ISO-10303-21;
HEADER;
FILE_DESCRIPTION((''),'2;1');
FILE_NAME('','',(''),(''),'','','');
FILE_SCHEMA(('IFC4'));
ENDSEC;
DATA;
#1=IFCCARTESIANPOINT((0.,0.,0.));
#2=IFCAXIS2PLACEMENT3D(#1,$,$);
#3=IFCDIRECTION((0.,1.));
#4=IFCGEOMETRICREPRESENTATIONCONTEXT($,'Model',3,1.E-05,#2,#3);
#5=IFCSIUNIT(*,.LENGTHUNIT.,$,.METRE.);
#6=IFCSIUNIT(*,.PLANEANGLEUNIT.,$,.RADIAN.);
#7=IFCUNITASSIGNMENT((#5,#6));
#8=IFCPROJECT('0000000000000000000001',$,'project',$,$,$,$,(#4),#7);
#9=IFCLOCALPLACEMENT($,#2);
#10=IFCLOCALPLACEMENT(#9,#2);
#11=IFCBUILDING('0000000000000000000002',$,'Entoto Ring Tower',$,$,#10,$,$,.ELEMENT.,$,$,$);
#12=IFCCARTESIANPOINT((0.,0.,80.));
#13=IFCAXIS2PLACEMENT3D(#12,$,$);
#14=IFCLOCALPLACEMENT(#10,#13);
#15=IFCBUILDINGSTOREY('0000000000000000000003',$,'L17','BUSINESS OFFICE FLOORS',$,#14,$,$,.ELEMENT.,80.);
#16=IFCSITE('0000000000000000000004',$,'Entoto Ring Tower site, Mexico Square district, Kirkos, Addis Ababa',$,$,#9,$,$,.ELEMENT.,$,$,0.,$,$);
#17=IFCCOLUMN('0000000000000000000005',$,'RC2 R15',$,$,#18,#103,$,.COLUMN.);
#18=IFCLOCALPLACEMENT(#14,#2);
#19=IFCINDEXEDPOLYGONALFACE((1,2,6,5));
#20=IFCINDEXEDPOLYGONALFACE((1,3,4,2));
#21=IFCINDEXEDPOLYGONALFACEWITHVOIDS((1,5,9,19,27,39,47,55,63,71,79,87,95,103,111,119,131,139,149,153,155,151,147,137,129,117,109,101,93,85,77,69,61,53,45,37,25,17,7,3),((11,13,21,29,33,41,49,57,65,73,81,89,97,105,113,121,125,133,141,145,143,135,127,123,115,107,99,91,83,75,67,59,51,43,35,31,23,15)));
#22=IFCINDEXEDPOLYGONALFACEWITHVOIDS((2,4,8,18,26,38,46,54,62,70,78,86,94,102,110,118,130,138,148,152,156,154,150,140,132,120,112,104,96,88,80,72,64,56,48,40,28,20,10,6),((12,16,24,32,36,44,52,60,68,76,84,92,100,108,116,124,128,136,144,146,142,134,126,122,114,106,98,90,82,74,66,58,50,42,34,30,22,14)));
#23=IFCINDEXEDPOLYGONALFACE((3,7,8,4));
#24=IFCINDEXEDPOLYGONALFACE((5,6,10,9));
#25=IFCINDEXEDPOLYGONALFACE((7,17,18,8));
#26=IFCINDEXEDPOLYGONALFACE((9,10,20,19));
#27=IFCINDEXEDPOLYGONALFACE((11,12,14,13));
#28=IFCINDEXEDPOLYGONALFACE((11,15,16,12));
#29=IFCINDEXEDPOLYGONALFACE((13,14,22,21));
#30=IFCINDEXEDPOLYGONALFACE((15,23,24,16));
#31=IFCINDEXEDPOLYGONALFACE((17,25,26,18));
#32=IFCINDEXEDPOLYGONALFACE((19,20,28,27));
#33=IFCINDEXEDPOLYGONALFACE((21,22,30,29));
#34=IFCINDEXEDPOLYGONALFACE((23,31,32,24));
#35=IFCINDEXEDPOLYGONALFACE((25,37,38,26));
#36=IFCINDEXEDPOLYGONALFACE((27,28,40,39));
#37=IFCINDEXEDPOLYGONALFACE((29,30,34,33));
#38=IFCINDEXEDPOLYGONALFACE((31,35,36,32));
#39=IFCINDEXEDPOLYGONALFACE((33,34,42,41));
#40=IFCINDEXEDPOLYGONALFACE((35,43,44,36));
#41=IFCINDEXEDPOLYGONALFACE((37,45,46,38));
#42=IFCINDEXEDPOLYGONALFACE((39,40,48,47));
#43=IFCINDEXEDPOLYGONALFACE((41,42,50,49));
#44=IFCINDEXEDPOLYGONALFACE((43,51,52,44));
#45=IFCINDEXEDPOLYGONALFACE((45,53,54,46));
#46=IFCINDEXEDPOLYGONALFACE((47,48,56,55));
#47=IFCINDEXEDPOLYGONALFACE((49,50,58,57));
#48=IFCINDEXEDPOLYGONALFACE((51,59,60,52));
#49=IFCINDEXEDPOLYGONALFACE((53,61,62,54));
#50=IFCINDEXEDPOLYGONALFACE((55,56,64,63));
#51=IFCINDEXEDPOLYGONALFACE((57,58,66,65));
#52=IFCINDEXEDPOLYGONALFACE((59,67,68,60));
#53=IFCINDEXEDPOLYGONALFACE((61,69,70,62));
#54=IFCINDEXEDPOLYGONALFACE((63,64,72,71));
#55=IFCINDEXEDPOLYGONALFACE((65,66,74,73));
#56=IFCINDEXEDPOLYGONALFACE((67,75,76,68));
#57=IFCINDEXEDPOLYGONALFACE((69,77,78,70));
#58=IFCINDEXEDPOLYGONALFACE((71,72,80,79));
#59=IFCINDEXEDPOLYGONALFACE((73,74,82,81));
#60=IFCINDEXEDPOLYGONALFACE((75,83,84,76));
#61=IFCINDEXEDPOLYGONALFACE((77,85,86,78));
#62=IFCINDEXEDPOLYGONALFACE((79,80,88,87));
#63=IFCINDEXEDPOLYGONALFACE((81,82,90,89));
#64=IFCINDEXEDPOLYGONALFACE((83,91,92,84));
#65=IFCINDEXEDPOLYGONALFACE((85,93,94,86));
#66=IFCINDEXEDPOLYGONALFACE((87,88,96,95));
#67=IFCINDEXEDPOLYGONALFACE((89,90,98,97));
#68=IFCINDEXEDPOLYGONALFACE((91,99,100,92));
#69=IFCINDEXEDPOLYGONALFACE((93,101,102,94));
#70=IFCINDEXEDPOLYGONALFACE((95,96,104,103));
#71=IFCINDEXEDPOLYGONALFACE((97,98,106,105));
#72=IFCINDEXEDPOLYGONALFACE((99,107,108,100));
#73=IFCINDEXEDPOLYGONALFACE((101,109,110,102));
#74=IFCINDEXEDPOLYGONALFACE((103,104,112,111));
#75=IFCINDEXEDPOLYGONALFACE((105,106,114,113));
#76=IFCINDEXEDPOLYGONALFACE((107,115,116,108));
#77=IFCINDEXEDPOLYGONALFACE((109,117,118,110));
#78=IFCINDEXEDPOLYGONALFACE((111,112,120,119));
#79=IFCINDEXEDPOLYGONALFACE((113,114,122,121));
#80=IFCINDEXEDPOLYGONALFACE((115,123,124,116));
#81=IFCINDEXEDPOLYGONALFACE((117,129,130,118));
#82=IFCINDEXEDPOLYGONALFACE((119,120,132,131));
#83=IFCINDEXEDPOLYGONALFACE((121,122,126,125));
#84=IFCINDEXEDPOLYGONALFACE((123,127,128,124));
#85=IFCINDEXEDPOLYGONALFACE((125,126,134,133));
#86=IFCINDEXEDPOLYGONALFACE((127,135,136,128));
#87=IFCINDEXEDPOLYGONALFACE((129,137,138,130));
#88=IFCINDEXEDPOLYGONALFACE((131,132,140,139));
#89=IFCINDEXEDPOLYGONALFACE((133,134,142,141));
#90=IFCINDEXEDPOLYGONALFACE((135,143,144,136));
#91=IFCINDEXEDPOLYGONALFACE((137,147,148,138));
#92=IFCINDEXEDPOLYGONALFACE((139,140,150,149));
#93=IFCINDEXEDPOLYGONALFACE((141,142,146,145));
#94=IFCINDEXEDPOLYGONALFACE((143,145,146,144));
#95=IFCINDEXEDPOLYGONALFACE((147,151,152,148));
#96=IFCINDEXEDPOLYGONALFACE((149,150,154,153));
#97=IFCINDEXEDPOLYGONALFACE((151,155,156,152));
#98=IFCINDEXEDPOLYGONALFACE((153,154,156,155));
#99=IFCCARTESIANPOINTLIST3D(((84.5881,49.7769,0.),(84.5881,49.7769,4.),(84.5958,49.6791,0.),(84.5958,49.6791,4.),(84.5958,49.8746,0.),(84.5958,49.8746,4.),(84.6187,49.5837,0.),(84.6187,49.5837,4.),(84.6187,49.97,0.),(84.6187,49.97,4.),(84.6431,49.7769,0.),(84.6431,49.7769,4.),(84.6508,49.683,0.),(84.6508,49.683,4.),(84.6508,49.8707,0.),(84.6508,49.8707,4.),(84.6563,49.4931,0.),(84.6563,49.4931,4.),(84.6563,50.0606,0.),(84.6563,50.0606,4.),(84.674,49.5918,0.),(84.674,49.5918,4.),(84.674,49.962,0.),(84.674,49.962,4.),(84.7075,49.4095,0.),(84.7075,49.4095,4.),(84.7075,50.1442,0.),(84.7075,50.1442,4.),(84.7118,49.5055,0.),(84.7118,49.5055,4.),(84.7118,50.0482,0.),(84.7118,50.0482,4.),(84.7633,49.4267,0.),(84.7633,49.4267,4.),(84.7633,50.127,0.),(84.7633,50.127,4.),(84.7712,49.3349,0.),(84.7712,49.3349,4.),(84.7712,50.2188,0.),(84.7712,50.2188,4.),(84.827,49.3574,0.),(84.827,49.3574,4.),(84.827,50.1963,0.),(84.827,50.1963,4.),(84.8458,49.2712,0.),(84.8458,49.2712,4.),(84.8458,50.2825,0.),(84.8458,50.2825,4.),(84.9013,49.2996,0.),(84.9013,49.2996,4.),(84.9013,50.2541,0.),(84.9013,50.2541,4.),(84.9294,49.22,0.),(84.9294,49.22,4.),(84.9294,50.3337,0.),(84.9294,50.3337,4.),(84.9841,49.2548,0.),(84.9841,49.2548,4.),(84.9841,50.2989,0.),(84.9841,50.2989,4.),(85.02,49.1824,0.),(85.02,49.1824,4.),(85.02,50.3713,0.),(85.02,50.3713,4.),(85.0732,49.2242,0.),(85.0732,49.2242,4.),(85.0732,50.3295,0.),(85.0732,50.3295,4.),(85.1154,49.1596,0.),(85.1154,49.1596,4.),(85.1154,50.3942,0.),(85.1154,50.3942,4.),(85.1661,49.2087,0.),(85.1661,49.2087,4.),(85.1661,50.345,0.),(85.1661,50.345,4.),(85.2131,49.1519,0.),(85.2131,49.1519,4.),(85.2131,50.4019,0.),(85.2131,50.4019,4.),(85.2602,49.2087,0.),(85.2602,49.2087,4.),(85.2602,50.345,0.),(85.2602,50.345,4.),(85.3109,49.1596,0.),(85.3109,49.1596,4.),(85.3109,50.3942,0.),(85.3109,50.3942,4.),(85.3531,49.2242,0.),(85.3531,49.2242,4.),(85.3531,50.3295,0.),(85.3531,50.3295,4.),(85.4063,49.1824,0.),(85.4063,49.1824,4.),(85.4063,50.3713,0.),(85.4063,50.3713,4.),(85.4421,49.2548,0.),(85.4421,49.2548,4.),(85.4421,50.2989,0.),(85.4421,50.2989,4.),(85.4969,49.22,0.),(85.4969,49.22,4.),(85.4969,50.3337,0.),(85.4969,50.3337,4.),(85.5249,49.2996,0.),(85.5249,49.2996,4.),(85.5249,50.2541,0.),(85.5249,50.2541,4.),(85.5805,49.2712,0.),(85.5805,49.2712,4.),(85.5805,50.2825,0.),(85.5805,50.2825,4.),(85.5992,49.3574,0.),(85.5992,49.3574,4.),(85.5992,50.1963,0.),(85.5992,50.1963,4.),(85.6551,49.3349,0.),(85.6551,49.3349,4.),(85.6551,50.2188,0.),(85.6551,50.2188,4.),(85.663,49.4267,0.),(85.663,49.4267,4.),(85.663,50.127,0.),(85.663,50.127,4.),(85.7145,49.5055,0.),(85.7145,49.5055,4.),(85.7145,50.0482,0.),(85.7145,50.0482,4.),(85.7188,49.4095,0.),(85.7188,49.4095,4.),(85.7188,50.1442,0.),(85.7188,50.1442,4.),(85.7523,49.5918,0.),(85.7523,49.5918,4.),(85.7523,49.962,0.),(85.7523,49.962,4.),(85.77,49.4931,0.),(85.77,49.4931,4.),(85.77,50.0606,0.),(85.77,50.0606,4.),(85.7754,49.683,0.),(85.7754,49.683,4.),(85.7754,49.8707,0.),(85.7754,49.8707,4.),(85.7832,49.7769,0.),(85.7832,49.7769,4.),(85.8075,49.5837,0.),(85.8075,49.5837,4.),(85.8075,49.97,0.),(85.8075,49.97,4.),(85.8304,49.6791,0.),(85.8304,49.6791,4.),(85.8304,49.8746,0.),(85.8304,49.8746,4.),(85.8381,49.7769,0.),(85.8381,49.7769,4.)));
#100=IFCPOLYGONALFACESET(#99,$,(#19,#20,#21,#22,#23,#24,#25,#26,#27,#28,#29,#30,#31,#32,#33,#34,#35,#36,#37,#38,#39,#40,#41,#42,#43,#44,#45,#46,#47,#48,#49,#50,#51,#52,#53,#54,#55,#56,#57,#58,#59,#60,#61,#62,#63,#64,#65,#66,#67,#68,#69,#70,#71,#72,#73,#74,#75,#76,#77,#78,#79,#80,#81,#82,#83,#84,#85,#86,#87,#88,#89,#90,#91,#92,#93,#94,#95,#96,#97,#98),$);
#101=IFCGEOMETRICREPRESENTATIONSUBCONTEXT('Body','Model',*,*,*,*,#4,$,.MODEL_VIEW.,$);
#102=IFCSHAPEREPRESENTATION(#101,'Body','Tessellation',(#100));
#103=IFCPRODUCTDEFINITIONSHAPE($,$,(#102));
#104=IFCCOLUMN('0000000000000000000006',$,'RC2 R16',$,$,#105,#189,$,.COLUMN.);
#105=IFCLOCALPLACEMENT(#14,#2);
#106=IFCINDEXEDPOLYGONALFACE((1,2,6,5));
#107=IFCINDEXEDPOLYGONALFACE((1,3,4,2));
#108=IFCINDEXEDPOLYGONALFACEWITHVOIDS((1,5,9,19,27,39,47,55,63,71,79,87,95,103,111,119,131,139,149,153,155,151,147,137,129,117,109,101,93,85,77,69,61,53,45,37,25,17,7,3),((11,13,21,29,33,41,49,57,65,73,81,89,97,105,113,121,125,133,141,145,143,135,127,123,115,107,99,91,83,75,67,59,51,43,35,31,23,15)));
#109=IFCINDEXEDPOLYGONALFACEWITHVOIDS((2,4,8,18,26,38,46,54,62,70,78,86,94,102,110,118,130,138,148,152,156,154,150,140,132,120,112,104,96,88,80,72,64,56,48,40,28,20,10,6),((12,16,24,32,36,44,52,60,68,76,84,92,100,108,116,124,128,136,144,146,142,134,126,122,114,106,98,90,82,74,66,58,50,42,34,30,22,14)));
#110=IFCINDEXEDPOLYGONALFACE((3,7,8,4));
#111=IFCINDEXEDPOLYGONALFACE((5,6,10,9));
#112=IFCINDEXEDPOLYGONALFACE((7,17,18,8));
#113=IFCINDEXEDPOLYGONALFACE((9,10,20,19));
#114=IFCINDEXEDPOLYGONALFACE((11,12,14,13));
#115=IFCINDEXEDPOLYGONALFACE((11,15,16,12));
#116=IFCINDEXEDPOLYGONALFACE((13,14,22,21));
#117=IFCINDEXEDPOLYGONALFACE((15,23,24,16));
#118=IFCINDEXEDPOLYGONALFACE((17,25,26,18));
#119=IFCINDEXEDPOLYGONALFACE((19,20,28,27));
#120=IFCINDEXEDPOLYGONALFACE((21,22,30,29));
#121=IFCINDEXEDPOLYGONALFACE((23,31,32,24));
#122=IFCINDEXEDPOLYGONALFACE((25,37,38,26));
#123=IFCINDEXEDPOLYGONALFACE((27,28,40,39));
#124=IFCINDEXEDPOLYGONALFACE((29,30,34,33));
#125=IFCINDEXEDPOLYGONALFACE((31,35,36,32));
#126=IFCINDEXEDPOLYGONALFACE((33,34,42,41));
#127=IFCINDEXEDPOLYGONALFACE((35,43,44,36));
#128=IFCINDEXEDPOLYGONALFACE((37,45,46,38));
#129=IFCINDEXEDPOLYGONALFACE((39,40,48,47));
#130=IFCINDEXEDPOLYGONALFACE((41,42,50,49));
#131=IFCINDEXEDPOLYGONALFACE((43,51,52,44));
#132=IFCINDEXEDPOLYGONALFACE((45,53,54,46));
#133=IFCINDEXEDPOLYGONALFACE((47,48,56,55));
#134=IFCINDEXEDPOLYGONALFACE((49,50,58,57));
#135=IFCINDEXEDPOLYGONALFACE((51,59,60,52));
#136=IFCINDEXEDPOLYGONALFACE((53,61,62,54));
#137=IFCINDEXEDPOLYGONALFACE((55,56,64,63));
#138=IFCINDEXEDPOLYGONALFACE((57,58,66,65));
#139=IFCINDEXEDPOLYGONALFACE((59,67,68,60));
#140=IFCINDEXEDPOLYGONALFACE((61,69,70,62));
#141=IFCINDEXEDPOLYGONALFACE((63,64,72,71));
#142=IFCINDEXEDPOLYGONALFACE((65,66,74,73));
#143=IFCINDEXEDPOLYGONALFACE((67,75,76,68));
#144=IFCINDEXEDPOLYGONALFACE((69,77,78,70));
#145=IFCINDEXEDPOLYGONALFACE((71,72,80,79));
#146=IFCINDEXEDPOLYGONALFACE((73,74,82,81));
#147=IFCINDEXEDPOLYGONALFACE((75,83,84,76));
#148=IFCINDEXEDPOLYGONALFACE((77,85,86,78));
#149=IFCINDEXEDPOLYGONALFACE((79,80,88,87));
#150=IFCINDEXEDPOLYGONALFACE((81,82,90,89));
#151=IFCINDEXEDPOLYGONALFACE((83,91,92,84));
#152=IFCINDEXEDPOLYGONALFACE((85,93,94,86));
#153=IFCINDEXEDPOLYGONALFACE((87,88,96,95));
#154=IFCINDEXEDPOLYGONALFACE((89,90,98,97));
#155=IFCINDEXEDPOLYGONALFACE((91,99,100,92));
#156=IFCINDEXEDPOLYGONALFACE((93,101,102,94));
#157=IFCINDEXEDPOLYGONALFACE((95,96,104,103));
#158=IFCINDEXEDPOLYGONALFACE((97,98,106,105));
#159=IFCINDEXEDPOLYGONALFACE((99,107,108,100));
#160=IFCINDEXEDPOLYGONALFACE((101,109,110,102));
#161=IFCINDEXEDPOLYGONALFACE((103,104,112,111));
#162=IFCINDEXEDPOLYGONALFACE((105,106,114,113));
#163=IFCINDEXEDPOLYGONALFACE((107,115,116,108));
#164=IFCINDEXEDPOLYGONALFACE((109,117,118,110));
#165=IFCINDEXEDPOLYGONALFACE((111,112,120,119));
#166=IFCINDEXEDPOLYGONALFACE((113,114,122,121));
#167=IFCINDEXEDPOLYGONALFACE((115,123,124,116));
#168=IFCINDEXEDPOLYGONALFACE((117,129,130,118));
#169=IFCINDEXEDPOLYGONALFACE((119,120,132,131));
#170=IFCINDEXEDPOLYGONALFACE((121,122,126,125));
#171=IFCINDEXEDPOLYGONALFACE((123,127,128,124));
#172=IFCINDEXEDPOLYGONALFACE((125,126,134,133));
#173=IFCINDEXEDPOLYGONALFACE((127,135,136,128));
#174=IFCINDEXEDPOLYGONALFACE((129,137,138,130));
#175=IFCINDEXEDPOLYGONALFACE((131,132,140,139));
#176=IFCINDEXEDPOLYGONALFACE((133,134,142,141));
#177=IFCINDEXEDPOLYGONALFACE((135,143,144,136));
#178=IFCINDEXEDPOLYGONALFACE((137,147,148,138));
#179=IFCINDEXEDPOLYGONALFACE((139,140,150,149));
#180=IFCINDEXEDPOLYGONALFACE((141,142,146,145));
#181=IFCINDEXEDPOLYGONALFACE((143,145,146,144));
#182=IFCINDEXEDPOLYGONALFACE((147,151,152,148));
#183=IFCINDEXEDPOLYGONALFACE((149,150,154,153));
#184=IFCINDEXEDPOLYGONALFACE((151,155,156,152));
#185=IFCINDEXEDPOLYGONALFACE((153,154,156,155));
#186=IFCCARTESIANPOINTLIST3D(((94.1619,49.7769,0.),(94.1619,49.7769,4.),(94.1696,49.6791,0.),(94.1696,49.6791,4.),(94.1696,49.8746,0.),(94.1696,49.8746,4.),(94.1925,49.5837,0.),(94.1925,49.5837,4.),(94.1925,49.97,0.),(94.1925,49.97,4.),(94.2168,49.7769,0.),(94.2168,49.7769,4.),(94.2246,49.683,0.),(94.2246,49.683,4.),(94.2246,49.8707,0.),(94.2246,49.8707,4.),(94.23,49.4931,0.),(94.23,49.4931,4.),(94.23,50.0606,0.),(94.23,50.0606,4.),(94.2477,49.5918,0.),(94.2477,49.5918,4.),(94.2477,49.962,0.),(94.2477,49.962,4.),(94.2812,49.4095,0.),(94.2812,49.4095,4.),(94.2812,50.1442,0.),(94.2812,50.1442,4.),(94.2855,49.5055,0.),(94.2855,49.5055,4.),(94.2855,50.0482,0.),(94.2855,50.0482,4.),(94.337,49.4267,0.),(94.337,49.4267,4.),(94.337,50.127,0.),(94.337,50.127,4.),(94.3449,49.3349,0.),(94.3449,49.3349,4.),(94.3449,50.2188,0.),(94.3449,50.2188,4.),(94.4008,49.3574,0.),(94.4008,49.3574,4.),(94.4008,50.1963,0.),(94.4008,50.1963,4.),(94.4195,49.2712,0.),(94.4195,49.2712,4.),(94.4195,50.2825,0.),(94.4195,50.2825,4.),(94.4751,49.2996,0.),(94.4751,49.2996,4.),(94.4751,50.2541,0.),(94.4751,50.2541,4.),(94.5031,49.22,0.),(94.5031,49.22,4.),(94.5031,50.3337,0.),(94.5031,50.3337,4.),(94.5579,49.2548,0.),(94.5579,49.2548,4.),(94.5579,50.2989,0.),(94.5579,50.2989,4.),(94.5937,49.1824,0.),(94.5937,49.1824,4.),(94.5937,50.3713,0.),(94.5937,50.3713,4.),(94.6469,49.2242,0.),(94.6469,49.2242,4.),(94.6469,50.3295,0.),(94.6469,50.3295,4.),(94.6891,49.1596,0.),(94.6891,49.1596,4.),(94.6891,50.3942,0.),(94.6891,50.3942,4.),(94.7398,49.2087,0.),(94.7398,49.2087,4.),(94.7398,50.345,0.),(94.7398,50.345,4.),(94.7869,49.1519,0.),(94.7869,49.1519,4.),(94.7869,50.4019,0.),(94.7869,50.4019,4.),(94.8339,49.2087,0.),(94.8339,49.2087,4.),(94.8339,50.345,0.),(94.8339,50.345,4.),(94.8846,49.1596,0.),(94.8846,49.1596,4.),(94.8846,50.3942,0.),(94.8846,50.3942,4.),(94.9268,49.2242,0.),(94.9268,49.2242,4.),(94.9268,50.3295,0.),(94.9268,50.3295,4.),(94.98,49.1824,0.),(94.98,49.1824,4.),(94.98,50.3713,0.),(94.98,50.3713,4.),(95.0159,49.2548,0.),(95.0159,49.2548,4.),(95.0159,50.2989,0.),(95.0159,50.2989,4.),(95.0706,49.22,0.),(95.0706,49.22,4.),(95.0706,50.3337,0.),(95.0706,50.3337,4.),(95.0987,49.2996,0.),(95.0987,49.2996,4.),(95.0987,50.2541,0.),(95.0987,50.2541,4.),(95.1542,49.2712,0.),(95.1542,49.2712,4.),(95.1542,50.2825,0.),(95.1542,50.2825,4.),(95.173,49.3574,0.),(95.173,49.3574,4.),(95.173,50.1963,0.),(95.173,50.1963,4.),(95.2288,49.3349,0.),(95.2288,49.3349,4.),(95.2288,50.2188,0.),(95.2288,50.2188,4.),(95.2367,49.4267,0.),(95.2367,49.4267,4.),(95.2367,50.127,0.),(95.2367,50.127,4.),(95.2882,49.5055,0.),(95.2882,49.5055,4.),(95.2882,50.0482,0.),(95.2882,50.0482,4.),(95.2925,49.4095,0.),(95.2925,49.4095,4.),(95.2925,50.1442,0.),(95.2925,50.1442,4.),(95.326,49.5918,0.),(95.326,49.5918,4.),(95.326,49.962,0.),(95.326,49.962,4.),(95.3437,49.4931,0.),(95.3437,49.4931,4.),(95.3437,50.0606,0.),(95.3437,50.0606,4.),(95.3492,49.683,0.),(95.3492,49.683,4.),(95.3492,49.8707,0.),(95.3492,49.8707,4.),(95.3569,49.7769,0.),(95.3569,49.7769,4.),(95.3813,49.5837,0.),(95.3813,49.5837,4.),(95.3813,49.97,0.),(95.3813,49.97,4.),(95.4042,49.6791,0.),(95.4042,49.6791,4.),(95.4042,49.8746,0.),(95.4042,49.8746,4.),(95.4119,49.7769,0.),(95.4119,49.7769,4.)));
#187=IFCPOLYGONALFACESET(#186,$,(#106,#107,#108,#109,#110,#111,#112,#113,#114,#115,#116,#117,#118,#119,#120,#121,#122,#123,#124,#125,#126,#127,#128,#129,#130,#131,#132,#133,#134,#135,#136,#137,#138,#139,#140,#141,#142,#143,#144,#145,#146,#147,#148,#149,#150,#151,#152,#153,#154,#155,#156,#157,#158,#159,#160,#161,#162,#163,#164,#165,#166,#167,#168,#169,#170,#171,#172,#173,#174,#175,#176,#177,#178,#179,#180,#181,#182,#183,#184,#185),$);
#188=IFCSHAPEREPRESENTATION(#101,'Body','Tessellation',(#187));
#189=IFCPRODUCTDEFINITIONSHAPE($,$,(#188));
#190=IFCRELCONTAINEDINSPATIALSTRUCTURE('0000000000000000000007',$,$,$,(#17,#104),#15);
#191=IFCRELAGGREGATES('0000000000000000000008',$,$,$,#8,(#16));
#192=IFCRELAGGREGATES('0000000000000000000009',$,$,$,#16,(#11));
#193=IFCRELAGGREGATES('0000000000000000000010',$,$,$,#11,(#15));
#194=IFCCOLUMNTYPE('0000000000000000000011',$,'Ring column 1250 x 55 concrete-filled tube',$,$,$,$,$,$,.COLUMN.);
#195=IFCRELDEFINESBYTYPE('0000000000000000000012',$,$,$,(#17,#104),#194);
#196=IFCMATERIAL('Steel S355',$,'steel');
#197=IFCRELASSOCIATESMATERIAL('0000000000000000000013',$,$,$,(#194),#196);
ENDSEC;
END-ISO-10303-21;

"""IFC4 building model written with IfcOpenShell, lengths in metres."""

from ifc_helpers import new_model, si_unit, direction, frame, origin, origin_2d, place, context, subcontext, project, spatial, circle, hollow_circle, extrude, material, material_profile, profile_set, type_object, element, save


model = new_model("IFC4")

# Units and contexts
model_context = context("Model", 3, precision=1e-05, world=origin(), true_north=direction((0.0, 1.0)))
body_context = subcontext(model_context, "Body", "Model", "MODEL_VIEW")
ifc_project = project(units=[si_unit("LENGTHUNIT", "METRE"), si_unit("PLANEANGLEUNIT", "RADIAN")], contexts=[model_context])

# Site, building, storey
site_placement = place(None, origin())
site = spatial("IfcSite", under=ifc_project, at=site_placement, Name="Entoto Ring Tower site, Mexico Square district, Kirkos, Addis Ababa", CompositionType="ELEMENT", RefElevation=0.0)
building_placement = place(site_placement, origin())
building = spatial("IfcBuilding", under=site, at=building_placement, Name="Entoto Ring Tower", CompositionType="ELEMENT")
storey_placement = place(building_placement, frame((0.0, 0.0, 80.0)))
storey = spatial("IfcBuildingStorey", under=building, at=storey_placement, Name="L17", Description="BUSINESS OFFICE FLOORS", CompositionType="ELEMENT", Elevation=80.0)

# Columns
ifc_material_1 = material(Name="Steel S355", Category="steel")
ifc_material_profile_1 = material_profile(ifc_material_1, hollow_circle(Radius=0.625, WallThickness=0.0549, at=origin_2d()), Name="CHS 1250 x 55")
ifc_material_2 = material(Name="Concrete C60/75", Category="concrete")
ifc_material_profile_2 = material_profile(ifc_material_2, circle(Radius=0.5701, at=origin_2d()), Name="Concrete C60/75 infill")
ifc_profile_set_1 = profile_set([ifc_material_profile_1, ifc_material_profile_2], Name="Steel S355")
column_type = type_object("IfcColumnType", Name="Ring column 1250 x 55 concrete-filled tube", PredefinedType="COLUMN", material=ifc_profile_set_1)
for number, where, z_axis, x_axis, name in (
    (1, (85.2131, 49.7769, 0.0), (0.0, 0.0, 1.0), (1.0, 0.0, 0.0), "RC2 R15"),
    (2, (94.7869, 49.7769, 0.0), (0.0, 0.0, 1.0), (1.0, 0.0, 0.0), "RC2 R16"),
):
    element("IfcColumn", number, at=place(storey_placement, frame(where, z_axis=z_axis, x_axis=x_axis)), inside=storey, type_object=column_type, Name=name, PredefinedType="COLUMN", context=body_context, shape_type="SweptSolid", body=[
        extrude(hollow_circle(Radius=0.625, WallThickness=0.0549, at=origin_2d()), origin(), (0.0, 0.0, 1.0), 4.0),
    ])

save(model, "model.ifc")
